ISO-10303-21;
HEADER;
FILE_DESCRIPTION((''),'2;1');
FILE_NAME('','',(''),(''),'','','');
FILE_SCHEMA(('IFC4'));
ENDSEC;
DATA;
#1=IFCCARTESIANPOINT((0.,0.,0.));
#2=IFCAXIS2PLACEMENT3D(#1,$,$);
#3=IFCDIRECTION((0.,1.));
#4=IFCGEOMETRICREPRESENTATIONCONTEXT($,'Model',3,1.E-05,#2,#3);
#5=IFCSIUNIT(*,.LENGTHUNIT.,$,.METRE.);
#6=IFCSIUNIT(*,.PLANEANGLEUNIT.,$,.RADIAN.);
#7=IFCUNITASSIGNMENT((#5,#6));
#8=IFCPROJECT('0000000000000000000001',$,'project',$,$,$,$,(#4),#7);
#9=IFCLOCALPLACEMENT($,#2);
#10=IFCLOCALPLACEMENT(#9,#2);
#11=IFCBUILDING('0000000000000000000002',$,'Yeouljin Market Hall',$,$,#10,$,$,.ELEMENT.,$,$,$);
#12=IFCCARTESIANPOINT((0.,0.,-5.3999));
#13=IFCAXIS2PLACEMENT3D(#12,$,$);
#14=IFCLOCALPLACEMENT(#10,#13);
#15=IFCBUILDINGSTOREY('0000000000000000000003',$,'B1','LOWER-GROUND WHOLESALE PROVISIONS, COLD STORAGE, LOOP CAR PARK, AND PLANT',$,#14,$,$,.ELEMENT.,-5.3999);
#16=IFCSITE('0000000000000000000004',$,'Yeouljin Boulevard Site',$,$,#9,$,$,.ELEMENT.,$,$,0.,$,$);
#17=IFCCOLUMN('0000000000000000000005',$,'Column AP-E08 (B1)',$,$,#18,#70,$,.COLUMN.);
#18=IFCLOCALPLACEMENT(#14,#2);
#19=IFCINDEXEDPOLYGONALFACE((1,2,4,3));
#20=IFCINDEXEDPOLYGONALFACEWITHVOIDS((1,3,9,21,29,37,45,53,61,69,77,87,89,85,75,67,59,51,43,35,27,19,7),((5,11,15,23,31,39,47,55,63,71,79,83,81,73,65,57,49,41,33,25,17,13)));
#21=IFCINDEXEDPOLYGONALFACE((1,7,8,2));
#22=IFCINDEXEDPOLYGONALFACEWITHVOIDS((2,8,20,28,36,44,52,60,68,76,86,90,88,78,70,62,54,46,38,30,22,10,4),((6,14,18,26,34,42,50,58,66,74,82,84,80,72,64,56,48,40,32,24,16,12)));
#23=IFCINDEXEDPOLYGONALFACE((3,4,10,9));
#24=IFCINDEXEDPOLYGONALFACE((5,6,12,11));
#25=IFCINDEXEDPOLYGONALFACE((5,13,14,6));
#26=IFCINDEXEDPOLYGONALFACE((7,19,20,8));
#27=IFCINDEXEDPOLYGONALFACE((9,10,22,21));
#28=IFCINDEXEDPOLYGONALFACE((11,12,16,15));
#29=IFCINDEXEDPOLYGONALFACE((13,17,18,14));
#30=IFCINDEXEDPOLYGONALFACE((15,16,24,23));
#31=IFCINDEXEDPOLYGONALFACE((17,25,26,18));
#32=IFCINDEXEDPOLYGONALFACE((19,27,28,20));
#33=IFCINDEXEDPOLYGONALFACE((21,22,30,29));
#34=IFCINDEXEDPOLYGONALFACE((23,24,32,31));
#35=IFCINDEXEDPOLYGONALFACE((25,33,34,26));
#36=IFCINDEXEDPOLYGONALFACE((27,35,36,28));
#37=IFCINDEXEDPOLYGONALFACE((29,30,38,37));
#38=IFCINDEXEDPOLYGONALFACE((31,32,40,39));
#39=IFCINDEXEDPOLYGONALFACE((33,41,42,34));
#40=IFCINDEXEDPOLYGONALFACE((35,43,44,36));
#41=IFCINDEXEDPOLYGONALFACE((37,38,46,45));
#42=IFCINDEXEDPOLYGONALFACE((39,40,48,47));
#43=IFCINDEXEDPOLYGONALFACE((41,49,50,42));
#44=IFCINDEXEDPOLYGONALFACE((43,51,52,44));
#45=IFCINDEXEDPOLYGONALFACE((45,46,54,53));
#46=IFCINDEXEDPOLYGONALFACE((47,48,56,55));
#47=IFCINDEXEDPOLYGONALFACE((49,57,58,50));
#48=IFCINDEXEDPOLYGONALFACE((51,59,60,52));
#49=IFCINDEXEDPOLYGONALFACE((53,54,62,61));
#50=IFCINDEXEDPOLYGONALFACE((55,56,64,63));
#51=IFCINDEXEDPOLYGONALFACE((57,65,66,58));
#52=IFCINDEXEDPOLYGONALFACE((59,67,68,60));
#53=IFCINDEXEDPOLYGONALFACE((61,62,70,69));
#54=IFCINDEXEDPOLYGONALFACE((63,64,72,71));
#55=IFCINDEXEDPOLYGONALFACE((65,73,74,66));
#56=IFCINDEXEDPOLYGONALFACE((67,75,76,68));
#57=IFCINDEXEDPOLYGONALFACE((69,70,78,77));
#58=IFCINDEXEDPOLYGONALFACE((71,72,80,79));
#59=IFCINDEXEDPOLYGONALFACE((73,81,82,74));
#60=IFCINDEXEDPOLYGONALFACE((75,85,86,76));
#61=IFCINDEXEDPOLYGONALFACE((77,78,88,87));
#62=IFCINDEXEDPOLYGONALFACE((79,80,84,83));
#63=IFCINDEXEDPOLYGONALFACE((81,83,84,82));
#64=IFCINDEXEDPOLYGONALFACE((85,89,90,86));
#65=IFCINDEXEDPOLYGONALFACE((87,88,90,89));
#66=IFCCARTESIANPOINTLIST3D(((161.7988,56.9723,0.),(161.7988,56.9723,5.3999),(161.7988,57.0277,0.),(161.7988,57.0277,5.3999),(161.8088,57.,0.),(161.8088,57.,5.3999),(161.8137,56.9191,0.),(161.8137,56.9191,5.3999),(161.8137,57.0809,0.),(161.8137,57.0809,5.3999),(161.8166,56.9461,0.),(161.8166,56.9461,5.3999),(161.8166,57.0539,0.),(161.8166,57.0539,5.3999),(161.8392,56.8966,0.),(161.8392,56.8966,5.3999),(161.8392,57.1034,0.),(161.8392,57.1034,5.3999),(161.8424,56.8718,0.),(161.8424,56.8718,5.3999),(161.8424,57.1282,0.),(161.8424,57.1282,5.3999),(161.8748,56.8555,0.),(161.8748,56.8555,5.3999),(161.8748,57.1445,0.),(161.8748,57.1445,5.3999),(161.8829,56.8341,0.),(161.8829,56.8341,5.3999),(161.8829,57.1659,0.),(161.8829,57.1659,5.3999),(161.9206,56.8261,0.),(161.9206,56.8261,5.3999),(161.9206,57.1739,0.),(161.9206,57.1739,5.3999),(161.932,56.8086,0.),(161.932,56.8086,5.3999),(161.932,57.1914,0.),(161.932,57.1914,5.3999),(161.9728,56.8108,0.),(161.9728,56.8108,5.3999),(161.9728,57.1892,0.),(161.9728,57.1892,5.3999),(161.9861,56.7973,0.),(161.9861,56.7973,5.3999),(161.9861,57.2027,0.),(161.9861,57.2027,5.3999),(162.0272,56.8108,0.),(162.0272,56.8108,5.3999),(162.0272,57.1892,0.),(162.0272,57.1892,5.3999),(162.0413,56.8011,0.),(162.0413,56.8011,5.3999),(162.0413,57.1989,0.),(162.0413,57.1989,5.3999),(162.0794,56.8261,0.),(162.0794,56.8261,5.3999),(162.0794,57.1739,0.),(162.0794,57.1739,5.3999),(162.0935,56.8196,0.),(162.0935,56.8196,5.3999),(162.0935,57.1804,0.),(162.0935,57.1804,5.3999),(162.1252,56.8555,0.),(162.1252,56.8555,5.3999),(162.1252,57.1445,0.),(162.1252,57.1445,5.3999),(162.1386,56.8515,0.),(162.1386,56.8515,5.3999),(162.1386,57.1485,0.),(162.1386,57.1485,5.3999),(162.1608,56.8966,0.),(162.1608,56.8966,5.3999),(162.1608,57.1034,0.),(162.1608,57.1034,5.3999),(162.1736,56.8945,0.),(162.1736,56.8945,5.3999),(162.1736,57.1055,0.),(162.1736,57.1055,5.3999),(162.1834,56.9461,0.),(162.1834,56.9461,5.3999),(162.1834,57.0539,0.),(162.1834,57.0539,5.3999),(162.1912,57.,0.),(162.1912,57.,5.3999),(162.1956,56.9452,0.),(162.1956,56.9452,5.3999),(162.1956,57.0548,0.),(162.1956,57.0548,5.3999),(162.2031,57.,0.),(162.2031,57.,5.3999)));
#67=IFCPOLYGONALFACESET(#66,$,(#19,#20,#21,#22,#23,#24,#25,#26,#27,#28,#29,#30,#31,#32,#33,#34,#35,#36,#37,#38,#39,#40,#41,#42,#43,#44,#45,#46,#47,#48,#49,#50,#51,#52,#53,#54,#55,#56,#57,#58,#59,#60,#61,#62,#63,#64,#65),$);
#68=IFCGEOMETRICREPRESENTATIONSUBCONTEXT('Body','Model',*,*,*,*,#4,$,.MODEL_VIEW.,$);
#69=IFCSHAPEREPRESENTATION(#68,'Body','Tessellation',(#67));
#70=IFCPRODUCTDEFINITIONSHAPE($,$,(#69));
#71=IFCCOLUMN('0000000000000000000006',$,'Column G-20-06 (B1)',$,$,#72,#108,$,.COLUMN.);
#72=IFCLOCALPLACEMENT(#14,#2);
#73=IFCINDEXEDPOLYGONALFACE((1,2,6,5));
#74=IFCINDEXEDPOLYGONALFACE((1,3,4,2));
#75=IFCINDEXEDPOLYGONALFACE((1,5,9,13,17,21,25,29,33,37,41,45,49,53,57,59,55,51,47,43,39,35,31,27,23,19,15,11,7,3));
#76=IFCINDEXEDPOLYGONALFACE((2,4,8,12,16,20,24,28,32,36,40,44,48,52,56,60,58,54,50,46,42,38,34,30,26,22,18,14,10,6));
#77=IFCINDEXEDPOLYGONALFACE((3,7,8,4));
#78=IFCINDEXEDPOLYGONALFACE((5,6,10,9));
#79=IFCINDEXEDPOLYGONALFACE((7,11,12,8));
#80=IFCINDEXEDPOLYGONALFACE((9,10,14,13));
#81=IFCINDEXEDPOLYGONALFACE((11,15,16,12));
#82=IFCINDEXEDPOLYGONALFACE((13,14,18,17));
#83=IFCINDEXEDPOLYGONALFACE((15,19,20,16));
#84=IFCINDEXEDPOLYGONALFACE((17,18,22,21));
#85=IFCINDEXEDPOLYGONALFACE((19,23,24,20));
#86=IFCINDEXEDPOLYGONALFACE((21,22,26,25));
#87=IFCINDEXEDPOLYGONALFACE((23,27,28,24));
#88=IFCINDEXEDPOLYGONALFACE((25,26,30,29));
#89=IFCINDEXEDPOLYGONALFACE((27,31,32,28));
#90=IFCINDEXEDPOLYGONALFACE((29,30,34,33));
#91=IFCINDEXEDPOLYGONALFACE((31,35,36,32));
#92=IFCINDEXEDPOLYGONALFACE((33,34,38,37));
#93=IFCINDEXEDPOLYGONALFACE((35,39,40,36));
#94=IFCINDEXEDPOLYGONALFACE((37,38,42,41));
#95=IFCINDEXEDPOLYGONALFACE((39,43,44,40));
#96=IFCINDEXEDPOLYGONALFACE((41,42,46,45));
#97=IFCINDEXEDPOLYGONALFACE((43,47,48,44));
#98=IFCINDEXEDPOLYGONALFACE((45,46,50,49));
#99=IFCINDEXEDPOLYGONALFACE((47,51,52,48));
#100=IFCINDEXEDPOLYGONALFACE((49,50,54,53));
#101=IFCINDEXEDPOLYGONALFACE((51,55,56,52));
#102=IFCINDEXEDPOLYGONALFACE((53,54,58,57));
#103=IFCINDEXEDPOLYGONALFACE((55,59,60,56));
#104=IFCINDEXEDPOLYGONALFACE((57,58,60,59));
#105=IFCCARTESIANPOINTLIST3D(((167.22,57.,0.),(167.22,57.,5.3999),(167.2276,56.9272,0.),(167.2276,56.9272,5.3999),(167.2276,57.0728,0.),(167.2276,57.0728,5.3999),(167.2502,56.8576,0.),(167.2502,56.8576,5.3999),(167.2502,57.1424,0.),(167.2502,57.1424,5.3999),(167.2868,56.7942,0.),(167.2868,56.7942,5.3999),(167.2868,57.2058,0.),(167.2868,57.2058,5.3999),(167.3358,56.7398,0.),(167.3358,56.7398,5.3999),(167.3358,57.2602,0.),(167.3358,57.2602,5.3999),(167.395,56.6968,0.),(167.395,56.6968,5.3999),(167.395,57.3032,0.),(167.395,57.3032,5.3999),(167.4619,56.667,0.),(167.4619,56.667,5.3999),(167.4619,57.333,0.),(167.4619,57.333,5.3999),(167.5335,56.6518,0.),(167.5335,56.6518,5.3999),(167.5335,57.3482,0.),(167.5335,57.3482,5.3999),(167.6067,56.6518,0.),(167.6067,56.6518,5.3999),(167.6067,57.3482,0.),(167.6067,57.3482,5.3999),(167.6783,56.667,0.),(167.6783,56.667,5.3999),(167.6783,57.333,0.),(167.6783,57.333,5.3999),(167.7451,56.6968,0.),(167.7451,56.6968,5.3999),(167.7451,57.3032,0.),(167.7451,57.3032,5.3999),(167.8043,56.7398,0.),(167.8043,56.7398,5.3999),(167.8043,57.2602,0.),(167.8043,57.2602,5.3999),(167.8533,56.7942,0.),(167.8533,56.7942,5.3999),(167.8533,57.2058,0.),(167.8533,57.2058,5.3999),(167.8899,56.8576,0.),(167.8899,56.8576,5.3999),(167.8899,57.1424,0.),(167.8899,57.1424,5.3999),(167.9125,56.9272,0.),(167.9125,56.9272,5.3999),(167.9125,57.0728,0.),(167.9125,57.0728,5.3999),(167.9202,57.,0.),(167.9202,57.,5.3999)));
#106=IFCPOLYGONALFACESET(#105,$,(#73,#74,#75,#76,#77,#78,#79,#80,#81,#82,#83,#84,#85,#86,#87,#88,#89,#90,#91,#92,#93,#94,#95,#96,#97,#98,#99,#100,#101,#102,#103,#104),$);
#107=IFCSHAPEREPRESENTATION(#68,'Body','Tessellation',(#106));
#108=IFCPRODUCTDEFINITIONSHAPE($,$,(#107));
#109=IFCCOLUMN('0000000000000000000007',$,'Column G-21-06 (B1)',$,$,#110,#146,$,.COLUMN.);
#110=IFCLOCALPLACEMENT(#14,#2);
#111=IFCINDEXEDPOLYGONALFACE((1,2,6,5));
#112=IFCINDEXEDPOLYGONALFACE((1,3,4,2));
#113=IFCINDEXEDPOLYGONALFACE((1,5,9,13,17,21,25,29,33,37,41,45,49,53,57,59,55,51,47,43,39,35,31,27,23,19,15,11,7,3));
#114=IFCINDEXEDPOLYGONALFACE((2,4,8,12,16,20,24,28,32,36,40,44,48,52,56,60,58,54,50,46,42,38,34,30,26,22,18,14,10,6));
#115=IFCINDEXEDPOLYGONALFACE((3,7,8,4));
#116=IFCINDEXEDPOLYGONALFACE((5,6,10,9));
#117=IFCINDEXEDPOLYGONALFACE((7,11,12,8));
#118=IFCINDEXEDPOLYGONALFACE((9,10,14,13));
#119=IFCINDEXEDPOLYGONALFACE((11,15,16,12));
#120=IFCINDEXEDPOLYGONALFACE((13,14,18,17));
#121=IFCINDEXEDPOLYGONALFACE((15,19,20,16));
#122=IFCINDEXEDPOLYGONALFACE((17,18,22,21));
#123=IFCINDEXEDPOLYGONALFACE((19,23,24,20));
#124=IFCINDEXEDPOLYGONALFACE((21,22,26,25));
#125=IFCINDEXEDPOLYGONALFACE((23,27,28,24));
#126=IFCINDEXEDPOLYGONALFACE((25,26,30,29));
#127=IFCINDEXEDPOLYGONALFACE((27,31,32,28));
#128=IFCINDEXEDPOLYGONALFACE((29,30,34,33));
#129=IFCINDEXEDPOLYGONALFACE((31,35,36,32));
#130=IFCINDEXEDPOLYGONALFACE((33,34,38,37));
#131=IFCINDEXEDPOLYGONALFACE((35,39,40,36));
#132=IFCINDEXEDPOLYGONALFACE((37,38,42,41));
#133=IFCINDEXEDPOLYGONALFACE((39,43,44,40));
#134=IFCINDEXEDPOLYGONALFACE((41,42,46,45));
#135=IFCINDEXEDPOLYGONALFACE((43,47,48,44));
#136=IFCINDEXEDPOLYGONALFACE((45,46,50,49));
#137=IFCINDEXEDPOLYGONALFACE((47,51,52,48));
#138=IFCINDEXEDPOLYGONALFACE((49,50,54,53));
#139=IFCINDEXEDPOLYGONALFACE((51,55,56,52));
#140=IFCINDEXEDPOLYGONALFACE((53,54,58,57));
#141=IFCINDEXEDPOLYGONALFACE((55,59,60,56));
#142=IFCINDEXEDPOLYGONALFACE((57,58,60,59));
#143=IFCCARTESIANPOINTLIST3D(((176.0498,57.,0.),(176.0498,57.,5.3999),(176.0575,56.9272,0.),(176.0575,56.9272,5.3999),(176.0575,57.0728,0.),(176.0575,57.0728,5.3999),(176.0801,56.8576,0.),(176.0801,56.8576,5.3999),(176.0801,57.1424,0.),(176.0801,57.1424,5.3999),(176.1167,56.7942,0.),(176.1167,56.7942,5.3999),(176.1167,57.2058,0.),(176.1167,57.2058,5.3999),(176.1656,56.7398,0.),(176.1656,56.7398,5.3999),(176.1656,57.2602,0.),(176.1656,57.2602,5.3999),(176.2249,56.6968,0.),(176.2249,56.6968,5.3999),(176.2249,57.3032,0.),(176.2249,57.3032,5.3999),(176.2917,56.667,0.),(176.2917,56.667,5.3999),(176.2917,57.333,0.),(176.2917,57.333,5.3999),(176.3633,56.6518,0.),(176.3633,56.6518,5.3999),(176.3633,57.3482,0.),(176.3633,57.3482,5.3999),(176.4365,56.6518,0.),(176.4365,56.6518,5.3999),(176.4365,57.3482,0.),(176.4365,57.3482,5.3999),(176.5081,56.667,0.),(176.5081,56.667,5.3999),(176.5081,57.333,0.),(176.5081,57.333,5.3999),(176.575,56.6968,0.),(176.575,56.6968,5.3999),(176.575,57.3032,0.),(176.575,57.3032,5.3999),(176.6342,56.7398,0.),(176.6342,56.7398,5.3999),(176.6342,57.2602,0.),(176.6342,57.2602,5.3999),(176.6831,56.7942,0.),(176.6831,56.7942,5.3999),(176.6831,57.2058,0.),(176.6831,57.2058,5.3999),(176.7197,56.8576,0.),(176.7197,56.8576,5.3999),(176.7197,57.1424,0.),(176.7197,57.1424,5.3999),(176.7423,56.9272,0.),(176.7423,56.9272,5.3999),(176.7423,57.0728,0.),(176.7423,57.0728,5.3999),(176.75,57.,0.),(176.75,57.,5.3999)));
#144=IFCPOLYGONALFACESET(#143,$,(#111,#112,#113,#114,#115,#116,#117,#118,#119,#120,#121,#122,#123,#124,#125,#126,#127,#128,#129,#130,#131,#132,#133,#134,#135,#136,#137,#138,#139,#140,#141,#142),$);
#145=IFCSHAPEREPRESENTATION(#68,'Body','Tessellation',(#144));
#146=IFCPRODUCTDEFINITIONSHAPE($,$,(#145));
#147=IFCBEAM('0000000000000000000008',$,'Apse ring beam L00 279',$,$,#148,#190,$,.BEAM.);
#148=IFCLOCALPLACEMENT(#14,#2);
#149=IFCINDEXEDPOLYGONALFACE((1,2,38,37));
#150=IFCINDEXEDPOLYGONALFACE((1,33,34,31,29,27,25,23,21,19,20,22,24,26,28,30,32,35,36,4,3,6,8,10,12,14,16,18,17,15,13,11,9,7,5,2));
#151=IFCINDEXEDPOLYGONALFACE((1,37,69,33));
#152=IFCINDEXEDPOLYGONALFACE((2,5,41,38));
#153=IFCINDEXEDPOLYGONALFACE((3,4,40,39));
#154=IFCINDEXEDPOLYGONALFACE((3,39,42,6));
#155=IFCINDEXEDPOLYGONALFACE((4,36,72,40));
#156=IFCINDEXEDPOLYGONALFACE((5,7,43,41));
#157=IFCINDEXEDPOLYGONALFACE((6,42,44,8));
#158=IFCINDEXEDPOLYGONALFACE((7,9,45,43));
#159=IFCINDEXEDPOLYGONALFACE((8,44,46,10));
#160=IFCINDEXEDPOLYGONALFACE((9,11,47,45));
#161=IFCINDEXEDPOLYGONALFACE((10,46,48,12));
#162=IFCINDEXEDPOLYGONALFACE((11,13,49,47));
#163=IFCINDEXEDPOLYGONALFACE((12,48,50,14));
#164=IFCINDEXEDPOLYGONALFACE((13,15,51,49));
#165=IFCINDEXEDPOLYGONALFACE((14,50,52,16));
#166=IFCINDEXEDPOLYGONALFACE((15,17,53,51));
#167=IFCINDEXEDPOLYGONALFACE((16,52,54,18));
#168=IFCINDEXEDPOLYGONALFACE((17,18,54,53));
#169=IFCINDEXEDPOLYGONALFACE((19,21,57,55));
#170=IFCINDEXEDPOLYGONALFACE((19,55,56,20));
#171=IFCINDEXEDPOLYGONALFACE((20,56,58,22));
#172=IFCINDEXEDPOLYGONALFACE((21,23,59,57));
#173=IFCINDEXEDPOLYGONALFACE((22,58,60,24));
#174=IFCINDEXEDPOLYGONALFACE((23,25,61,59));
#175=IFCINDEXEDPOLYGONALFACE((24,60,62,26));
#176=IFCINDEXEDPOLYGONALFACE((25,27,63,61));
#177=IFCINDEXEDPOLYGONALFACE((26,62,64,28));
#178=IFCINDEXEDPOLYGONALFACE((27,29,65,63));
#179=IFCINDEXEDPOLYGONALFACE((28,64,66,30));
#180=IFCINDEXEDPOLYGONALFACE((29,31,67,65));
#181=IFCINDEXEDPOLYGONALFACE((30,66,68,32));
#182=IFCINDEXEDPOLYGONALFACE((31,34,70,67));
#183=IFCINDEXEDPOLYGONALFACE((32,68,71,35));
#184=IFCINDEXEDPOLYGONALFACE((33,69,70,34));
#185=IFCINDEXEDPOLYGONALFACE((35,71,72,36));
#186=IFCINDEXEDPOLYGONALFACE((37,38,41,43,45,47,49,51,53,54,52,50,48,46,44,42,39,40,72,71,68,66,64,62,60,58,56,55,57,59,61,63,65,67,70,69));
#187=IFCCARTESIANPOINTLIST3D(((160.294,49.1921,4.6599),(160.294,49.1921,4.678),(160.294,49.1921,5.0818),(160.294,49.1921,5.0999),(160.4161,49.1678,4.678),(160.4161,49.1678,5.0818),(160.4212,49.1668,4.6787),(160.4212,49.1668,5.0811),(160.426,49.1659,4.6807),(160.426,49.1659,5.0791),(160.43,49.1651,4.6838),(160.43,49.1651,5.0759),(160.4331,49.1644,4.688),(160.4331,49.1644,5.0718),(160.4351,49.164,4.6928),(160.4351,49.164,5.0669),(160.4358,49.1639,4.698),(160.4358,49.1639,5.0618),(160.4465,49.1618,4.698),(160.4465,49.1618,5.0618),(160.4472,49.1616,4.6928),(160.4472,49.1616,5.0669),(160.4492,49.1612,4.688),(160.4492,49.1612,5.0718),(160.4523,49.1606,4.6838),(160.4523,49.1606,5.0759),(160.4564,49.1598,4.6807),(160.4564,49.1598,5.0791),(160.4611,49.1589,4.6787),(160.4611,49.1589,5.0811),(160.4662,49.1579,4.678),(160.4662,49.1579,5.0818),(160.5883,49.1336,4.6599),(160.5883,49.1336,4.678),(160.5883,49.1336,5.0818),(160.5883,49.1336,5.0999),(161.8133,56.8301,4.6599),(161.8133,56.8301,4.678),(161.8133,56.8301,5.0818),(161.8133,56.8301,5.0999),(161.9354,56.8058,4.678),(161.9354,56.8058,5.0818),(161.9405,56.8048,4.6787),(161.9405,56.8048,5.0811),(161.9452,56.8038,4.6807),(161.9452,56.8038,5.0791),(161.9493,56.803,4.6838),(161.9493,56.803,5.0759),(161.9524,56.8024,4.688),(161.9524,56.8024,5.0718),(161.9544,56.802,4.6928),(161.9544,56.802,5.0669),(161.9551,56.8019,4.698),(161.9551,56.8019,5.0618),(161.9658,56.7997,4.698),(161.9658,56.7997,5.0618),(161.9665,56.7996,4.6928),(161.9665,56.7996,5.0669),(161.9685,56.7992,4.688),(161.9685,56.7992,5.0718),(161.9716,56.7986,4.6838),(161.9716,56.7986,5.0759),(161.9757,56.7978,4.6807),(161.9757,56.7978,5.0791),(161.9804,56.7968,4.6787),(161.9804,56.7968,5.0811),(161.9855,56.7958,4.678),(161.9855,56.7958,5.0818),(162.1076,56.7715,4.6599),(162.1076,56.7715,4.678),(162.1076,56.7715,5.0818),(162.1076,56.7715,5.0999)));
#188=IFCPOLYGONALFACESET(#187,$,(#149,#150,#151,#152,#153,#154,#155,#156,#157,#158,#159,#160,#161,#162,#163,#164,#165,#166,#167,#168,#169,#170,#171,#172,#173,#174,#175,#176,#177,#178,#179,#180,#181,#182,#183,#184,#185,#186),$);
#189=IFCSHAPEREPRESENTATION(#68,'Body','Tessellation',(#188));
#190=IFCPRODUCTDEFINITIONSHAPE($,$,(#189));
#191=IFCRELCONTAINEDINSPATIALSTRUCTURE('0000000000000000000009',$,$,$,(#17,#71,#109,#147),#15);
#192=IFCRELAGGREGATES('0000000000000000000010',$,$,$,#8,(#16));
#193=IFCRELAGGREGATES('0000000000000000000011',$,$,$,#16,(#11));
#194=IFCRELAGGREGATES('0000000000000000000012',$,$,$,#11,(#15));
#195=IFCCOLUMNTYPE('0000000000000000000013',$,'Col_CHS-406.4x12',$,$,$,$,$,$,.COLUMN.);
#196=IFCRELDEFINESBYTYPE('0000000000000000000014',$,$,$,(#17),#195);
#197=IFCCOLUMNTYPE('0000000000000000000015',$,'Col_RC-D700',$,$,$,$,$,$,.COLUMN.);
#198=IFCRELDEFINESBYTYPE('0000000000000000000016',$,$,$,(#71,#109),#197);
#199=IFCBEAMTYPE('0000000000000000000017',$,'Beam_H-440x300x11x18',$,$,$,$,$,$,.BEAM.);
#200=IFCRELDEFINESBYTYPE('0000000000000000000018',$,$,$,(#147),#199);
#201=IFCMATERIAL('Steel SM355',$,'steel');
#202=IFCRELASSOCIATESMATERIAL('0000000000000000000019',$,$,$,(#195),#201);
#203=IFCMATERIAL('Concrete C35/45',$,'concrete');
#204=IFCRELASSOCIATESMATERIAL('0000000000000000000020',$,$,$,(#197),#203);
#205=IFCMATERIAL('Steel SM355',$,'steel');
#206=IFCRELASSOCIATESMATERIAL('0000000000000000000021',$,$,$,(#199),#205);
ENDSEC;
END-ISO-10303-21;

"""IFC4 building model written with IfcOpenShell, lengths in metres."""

from ifc_helpers import new_model, si_unit, direction, frame, origin, origin_2d, place, context, subcontext, project, spatial, circle, hollow_circle, i_section, extrude, material, material_profile, profile_set, type_object, element, save


model = new_model("IFC4")

# Units and contexts
model_context = context("Model", 3, precision=1e-05, world=origin(), true_north=direction((0.0, 1.0)))
body_context = subcontext(model_context, "Body", "Model", "MODEL_VIEW")
ifc_project = project(units=[si_unit("LENGTHUNIT", "METRE"), si_unit("PLANEANGLEUNIT", "RADIAN")], contexts=[model_context])

# Site, building, storey
site_placement = place(None, origin())
site = spatial("IfcSite", under=ifc_project, at=site_placement, Name="Yeouljin Boulevard Site", CompositionType="ELEMENT", RefElevation=0.0)
building_placement = place(site_placement, origin())
building = spatial("IfcBuilding", under=site, at=building_placement, Name="Yeouljin Market Hall", CompositionType="ELEMENT")
storey_placement = place(building_placement, frame((0.0, 0.0, -5.3999)))
storey = spatial("IfcBuildingStorey", under=building, at=storey_placement, Name="B1", Description="LOWER-GROUND WHOLESALE PROVISIONS, COLD STORAGE, LOOP CAR PARK, AND PLANT", CompositionType="ELEMENT", Elevation=-5.3999)

# Columns
ifc_material_1 = material(Name="Steel SM355", Category="steel")
ifc_material_profile_1 = material_profile(ifc_material_1, hollow_circle(Radius=0.2031, WallThickness=0.012, at=origin_2d()), Name="CHS-406.4x12")
ifc_profile_set_1 = profile_set([ifc_material_profile_1], Name="Steel SM355")
column_type_1 = type_object("IfcColumnType", Name="Col_CHS-406.4x12", PredefinedType="COLUMN", material=ifc_profile_set_1)
for number, where, z_axis, x_axis, name in (
    (1, (162.0, 57.0, 0.0), (0.0, 0.0, 1.0), (1.0, 0.0, 0.0), "Column AP-E08 (B1)"),
):
    element("IfcColumn", number, at=place(storey_placement, frame(where, z_axis=z_axis, x_axis=x_axis)), inside=storey, type_object=column_type_1, Name=name, PredefinedType="COLUMN", context=body_context, shape_type="SweptSolid", body=[
        extrude(hollow_circle(Radius=0.2031, WallThickness=0.012, at=origin_2d()), origin(), (0.0, 0.0, 1.0), 5.3999),
    ])
ifc_material_2 = material(Name="Concrete C35/45", Category="concrete")
ifc_material_profile_2 = material_profile(ifc_material_2, circle(Radius=0.3501, at=origin_2d()), Name="RC-D700")
ifc_profile_set_2 = profile_set([ifc_material_profile_2], Name="Concrete C35/45")
column_type_2 = type_object("IfcColumnType", Name="Col_RC-D700", PredefinedType="COLUMN", material=ifc_profile_set_2)
for number, where, z_axis, x_axis, name in (
    (2, (167.5701, 57.0, 0.0), (0.0, 0.0, 1.0), (1.0, 0.0, 0.0), "Column G-20-06 (B1)"),
    (3, (176.3999, 57.0, 0.0), (0.0, 0.0, 1.0), (1.0, 0.0, 0.0), "Column G-21-06 (B1)"),
):
    element("IfcColumn", number, at=place(storey_placement, frame(where, z_axis=z_axis, x_axis=x_axis)), inside=storey, type_object=column_type_2, Name=name, PredefinedType="COLUMN", context=body_context, shape_type="SweptSolid", body=[
        extrude(circle(Radius=0.3501, at=origin_2d()), origin(), (0.0, 0.0, 1.0), 5.3999),
    ])

# Beam
ifc_material_3 = material(Name="Steel SM355", Category="steel")
ifc_material_profile_3 = material_profile(ifc_material_3, i_section(OverallWidth=0.3, OverallDepth=0.4399, WebThickness=0.011, FlangeThickness=0.0181, FilletRadius=0.02, at=origin_2d()), Name="H-440x300x11x18")
ifc_profile_set_3 = profile_set([ifc_material_profile_3], Name="Steel SM355")
beam_type_1 = type_object("IfcBeamType", Name="Beam_H-440x300x11x18", PredefinedType="BEAM", material=ifc_profile_set_3)
for number, where, z_axis, x_axis, name in (
    (4, (160.4412, 49.1628, 4.8799), (0.195091, 0.980785, 0.0), (-0.980785, 0.195091, 0.0), "Apse ring beam L00 279"),
):
    element("IfcBeam", number, at=place(storey_placement, frame(where, z_axis=z_axis, x_axis=x_axis)), inside=storey, type_object=beam_type_1, Name=name, PredefinedType="BEAM", context=body_context, shape_type="SweptSolid", body=[
        extrude(i_section(OverallWidth=0.3, OverallDepth=0.4399, WebThickness=0.011, FlangeThickness=0.0181, FilletRadius=0.02, at=origin_2d()), origin(), (0.0, 0.0, 1.0), 7.7876),
    ])

save(model, "model.ifc")
